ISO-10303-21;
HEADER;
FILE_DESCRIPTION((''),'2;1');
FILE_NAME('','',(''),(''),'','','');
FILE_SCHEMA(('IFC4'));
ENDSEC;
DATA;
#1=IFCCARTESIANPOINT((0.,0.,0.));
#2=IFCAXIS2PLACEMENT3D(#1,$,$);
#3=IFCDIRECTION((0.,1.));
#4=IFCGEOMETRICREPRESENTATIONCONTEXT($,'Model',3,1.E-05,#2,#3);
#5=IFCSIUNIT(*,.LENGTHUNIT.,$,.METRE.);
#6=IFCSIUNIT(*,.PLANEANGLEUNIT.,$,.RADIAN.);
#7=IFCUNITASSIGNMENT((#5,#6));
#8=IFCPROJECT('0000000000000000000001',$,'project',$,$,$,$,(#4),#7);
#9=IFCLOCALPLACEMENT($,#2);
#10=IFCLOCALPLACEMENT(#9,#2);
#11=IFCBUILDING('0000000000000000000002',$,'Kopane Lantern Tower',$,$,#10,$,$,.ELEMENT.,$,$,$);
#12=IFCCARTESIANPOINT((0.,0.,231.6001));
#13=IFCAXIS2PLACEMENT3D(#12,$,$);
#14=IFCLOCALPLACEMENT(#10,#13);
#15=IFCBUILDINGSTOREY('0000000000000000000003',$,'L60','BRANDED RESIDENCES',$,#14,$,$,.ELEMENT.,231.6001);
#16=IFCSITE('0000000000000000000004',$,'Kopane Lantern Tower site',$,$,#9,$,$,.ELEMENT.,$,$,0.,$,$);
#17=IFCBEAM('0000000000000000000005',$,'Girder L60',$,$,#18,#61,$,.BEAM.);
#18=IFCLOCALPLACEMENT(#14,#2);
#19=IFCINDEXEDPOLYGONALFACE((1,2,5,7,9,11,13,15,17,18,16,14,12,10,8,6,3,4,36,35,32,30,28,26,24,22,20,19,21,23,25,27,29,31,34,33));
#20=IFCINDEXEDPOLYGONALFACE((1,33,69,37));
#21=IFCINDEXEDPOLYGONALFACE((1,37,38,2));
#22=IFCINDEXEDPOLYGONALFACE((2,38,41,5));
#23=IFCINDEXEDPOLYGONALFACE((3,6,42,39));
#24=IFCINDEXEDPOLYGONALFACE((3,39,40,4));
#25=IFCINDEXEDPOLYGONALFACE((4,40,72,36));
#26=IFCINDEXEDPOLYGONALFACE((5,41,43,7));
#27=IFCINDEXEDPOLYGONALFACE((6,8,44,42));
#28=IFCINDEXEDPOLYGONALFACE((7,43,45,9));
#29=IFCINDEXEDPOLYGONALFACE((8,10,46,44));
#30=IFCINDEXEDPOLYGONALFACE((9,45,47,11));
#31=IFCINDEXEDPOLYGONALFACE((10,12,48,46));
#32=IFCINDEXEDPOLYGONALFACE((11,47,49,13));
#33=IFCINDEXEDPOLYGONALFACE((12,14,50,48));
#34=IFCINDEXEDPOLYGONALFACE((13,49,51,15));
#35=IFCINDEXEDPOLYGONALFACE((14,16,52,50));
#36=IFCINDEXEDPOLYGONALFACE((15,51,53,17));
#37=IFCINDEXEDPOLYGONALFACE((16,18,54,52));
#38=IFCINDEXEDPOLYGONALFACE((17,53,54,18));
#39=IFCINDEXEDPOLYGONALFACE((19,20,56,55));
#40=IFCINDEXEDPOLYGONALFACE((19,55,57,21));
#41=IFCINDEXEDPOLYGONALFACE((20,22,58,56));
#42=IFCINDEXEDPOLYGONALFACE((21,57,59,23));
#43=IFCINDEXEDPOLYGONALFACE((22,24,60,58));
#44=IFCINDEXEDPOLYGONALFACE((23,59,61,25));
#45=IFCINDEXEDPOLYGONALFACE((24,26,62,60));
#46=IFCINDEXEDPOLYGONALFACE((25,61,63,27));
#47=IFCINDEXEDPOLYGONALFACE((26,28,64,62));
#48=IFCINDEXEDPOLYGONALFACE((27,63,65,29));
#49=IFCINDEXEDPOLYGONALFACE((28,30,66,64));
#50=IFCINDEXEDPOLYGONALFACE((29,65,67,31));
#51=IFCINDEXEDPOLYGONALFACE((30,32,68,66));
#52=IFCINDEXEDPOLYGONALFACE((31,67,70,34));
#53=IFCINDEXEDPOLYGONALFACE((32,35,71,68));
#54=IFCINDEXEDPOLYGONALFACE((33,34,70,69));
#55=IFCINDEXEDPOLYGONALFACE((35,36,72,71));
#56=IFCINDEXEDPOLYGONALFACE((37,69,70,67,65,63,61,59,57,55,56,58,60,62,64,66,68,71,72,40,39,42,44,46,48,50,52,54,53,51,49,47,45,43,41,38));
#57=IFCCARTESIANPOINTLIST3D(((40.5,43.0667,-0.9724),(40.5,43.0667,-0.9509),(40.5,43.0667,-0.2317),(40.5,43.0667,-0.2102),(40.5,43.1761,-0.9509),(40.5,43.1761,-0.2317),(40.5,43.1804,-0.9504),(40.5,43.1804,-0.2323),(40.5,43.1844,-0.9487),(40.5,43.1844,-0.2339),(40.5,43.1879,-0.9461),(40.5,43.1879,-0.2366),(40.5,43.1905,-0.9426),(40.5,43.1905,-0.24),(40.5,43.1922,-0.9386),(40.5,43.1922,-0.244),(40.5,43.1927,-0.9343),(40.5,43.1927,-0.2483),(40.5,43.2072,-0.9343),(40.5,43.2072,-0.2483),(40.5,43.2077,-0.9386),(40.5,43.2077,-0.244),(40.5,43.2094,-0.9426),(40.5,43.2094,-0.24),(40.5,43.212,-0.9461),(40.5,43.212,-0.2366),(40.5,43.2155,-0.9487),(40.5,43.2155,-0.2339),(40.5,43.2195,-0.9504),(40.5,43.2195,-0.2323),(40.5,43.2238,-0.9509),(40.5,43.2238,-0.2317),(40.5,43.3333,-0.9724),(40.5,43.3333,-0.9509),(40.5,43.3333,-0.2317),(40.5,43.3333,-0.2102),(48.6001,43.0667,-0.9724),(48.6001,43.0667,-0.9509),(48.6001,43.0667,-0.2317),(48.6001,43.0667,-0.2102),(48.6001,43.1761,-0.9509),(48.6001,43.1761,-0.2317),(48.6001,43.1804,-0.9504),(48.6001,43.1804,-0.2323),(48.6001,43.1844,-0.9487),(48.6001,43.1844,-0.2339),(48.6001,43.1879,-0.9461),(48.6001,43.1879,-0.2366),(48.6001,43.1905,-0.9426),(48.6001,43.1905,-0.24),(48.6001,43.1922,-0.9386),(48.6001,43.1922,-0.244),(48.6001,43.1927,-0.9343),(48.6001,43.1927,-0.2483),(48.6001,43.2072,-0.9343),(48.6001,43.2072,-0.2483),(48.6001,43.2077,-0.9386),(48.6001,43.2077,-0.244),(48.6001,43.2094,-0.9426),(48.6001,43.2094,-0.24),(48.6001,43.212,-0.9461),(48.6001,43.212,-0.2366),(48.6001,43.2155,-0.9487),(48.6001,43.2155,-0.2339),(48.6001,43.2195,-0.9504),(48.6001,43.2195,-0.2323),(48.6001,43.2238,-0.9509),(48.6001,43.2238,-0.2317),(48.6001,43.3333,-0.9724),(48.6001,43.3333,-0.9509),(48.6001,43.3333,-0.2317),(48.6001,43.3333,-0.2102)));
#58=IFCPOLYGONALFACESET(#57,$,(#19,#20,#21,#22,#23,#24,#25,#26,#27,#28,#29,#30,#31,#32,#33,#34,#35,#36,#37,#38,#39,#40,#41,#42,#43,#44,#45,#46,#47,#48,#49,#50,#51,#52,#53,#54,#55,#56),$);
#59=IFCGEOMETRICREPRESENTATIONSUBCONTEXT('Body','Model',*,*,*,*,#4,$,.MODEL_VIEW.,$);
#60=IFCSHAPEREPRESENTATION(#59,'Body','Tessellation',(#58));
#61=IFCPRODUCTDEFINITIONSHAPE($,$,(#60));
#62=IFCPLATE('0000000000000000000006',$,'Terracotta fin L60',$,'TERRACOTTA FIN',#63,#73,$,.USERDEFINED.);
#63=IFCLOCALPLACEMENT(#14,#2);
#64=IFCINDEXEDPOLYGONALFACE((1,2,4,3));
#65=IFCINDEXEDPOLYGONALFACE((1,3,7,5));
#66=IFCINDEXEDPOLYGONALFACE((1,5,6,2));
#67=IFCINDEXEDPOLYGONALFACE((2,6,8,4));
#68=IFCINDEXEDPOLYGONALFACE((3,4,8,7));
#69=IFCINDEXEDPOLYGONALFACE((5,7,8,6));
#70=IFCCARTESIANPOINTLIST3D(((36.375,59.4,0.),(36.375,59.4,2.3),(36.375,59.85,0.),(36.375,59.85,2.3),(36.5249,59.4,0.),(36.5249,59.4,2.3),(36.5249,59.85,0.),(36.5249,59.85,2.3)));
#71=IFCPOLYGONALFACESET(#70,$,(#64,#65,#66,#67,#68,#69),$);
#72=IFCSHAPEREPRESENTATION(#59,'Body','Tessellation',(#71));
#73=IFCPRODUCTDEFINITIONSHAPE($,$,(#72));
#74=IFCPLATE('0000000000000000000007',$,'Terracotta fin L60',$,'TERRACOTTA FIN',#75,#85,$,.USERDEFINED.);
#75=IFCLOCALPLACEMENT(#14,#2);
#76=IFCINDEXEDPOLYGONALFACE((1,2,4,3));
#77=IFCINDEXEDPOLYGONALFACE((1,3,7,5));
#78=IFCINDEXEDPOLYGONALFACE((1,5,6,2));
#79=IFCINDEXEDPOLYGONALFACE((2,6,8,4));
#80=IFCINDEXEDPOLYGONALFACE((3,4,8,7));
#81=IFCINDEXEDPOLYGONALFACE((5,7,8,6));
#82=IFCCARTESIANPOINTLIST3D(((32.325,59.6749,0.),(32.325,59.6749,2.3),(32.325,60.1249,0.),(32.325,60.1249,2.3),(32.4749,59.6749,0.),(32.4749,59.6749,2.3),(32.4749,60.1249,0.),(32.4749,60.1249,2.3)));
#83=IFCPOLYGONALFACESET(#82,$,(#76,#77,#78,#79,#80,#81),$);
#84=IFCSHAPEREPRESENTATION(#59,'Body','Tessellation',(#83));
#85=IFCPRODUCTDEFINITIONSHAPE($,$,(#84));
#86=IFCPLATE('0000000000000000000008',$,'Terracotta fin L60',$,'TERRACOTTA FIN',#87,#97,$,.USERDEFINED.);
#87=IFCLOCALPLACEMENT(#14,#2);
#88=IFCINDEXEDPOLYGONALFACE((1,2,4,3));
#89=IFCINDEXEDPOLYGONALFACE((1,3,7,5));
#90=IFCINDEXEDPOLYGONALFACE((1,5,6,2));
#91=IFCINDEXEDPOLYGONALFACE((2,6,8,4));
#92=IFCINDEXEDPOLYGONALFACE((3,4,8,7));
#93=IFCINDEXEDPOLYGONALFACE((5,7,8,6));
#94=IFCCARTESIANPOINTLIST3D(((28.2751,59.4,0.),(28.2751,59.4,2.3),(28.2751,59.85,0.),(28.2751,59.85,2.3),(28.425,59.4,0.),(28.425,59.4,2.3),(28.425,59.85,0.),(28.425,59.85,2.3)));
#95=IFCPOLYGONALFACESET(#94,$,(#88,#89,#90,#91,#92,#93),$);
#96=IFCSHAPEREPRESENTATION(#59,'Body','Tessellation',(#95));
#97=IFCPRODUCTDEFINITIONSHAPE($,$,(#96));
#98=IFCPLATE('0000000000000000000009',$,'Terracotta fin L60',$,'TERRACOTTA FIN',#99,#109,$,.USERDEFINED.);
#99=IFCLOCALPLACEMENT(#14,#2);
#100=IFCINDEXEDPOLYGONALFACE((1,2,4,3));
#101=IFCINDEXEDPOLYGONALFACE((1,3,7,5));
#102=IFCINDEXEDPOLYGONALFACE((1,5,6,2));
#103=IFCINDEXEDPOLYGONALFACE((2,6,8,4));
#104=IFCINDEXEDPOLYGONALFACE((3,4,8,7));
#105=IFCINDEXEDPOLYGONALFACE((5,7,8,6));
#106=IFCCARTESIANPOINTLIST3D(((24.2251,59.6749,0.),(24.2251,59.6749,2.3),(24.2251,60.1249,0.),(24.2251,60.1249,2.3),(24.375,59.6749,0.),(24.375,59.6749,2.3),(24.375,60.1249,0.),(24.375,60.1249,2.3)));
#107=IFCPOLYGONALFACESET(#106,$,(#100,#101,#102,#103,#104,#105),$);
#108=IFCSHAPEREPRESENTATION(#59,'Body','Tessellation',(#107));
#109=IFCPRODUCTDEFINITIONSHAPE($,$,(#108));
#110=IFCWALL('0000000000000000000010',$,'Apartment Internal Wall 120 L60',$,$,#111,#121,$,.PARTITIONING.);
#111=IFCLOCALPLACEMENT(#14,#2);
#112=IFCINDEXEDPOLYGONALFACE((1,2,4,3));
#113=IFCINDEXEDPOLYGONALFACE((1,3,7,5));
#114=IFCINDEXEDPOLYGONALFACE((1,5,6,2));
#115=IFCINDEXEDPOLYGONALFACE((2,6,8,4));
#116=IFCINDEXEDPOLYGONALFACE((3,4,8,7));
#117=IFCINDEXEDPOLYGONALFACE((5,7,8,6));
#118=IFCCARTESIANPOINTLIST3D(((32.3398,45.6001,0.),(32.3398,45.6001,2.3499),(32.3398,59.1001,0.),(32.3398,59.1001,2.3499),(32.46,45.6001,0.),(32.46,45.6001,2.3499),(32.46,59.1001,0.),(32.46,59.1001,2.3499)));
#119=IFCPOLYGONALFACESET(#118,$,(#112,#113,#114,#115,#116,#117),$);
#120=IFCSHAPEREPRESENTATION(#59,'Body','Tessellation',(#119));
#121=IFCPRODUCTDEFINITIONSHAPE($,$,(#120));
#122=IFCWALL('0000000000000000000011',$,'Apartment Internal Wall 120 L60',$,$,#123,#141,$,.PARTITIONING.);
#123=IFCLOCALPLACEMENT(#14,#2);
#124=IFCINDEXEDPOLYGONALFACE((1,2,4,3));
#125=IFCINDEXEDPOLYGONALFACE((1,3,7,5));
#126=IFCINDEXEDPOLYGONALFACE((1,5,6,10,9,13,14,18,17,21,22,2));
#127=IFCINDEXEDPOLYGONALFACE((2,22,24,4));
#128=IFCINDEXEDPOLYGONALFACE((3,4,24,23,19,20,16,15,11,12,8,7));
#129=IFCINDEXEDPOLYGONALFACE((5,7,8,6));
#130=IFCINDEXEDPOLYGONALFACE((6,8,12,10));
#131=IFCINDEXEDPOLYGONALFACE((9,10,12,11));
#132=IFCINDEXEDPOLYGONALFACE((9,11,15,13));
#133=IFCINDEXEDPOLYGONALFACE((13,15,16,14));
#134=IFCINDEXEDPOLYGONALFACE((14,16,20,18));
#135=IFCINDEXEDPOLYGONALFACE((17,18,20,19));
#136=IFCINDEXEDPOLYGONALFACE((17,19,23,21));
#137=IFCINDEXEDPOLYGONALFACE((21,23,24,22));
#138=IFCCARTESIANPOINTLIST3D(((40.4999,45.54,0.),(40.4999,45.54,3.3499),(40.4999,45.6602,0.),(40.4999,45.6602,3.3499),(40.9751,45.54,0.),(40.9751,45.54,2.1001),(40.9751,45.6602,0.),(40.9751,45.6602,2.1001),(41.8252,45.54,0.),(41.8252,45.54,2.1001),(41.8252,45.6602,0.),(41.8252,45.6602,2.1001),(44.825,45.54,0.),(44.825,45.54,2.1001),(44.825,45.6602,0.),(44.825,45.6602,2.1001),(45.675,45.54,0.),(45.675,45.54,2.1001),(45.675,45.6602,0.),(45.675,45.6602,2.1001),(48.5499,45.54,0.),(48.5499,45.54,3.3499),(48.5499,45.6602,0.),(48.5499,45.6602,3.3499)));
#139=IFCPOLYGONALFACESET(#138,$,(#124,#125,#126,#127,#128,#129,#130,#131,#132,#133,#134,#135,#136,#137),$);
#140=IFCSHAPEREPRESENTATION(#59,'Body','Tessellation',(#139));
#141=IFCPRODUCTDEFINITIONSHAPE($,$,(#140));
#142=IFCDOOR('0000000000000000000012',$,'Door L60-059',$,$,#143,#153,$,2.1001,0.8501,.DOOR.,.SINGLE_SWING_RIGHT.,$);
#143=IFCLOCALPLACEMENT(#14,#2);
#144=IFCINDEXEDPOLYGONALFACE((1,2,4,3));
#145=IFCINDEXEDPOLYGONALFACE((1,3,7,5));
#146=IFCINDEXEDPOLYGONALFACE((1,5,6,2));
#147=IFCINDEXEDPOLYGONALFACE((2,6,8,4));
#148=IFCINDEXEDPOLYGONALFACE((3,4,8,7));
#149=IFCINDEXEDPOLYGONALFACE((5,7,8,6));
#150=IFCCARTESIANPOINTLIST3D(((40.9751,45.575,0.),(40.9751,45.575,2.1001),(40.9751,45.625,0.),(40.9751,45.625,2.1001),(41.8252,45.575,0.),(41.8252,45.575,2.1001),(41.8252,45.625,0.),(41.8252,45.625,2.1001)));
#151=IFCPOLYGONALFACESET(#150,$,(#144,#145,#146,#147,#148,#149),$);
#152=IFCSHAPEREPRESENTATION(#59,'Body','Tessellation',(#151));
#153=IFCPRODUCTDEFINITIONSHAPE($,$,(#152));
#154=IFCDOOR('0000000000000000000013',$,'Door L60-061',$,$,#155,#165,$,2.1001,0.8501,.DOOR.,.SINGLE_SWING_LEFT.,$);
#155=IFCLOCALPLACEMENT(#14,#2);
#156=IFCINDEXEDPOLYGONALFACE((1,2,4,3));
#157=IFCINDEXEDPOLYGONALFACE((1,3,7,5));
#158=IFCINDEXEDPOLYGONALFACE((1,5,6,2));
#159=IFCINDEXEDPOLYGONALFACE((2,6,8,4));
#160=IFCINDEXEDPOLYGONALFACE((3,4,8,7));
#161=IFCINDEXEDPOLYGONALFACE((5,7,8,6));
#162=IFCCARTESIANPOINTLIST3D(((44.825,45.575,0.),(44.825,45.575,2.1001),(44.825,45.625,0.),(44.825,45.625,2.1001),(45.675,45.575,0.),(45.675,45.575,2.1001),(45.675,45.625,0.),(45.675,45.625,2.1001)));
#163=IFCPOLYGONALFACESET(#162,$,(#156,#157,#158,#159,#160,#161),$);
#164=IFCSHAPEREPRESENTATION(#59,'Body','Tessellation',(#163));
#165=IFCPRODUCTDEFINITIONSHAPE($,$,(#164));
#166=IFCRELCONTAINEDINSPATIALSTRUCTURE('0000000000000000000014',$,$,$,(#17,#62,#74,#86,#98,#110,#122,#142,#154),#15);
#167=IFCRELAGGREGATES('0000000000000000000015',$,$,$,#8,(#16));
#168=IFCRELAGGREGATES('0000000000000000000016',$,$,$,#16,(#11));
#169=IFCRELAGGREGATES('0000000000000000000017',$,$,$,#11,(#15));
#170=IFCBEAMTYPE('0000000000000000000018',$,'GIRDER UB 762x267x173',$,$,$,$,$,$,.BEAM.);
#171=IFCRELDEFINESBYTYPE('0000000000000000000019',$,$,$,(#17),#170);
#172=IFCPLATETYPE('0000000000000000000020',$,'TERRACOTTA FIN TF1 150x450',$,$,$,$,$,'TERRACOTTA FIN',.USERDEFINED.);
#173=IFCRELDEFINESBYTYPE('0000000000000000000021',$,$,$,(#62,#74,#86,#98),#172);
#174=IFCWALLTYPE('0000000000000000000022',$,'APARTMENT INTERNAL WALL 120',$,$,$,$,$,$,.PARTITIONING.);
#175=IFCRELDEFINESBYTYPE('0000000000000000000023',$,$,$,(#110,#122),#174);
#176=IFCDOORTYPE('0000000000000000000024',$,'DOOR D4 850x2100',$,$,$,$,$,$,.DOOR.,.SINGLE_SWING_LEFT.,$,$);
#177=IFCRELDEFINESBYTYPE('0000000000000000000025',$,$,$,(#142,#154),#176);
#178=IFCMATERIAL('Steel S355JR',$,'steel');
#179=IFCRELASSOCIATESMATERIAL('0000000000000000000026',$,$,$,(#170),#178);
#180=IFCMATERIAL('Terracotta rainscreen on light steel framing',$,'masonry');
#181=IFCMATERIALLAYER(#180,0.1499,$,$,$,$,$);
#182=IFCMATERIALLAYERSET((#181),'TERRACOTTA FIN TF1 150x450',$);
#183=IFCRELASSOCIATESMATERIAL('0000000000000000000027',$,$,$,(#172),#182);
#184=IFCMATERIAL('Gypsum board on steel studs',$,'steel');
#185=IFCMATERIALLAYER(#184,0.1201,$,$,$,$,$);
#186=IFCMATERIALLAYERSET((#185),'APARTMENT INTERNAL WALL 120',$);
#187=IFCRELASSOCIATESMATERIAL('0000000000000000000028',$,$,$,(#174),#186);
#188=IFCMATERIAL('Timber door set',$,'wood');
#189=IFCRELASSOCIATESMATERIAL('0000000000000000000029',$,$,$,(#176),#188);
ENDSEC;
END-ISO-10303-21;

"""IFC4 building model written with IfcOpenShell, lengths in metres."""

from ifc_helpers import new_model, si_unit, direction, frame, frame_2d, origin, origin_2d, place, context, subcontext, project, spatial, rectangle, i_section, extrude, material, layer, layer_set, material_profile, profile_set, type_object, element, fill, save


model = new_model("IFC4")

# Units and contexts
model_context = context("Model", 3, precision=1e-05, world=origin(), true_north=direction((0.0, 1.0)))
body_context = subcontext(model_context, "Body", "Model", "MODEL_VIEW")
ifc_project = project(units=[si_unit("LENGTHUNIT", "METRE"), si_unit("PLANEANGLEUNIT", "RADIAN")], contexts=[model_context])

# Site, building, storey
site_placement = place(None, origin())
site = spatial("IfcSite", under=ifc_project, at=site_placement, Name="Kopane Lantern Tower site", CompositionType="ELEMENT", RefElevation=0.0)
building_placement = place(site_placement, origin())
building = spatial("IfcBuilding", under=site, at=building_placement, Name="Kopane Lantern Tower", CompositionType="ELEMENT")
storey_placement = place(building_placement, frame((0.0, 0.0, 231.6001)))
storey = spatial("IfcBuildingStorey", under=building, at=storey_placement, Name="L60", Description="BRANDED RESIDENCES", CompositionType="ELEMENT", Elevation=231.6001)

# Beam
ifc_material_1 = material(Name="Steel S355JR", Category="steel")
ifc_material_profile_1 = material_profile(ifc_material_1, i_section(OverallWidth=0.2666, OverallDepth=0.7622, WebThickness=0.0144, FlangeThickness=0.0215, FilletRadius=0.0166, at=origin_2d()), Name="UB 762x267x173")
ifc_profile_set_1 = profile_set([ifc_material_profile_1], Name="Steel S355JR")
beam_type = type_object("IfcBeamType", Name="GIRDER UB 762x267x173", PredefinedType="BEAM", material=ifc_profile_set_1)
for number, where, z_axis, x_axis, name in (
    (1, (40.5, 43.2, -0.5913), (1.0, 0.0, 0.0), (0.0, 1.0, 0.0), "Girder L60"),
):
    element("IfcBeam", number, at=place(storey_placement, frame(where, z_axis=z_axis, x_axis=x_axis)), inside=storey, type_object=beam_type, Name=name, PredefinedType="BEAM", context=body_context, shape_type="SweptSolid", body=[
        extrude(i_section(OverallWidth=0.2666, OverallDepth=0.7622, WebThickness=0.0144, FlangeThickness=0.0215, FilletRadius=0.0166, at=origin_2d()), origin(), (0.0, 0.0, 1.0), 8.1001),
    ])

# Plates
ifc_material_2 = material(Name="Terracotta rainscreen on light steel framing", Category="masonry")
ifc_layer_1 = layer(ifc_material_2, 0.1499)
ifc_layer_set_1 = layer_set([ifc_layer_1], Name="TERRACOTTA FIN TF1 150x450")
plate_type = type_object("IfcPlateType", Name="TERRACOTTA FIN TF1 150x450", ElementType="TERRACOTTA FIN", PredefinedType="USERDEFINED", material=ifc_layer_set_1)
for number, where, z_axis, x_axis, name in (
    (2, (36.45, 59.625, 0.0), (0.0, 0.0, 1.0), (-1.0, 0.0, 0.0), "Terracotta fin L60"),
    (3, (32.3999, 59.8999, 0.0), (0.0, 0.0, 1.0), (-1.0, 0.0, 0.0), "Terracotta fin L60"),
    (4, (28.3501, 59.625, 0.0), (0.0, 0.0, 1.0), (-1.0, 0.0, 0.0), "Terracotta fin L60"),
    (5, (24.3, 59.8999, 0.0), (0.0, 0.0, 1.0), (-1.0, 0.0, 0.0), "Terracotta fin L60"),
):
    element("IfcPlate", number, at=place(storey_placement, frame(where, z_axis=z_axis, x_axis=x_axis)), inside=storey, type_object=plate_type, Name=name, ObjectType="TERRACOTTA FIN", PredefinedType="USERDEFINED", context=body_context, shape_type="SweptSolid", body=[
        extrude(rectangle(XDim=0.1499, YDim=0.45, at=origin_2d()), origin(), (0.0, 0.0, 1.0), 2.3),
    ])

# Wall
ifc_material_3 = material(Name="Gypsum board on steel studs", Category="steel")
ifc_layer_2 = layer(ifc_material_3, 0.1201)
ifc_layer_set_2 = layer_set([ifc_layer_2], Name="APARTMENT INTERNAL WALL 120")
wall_type_1 = type_object("IfcWallType", Name="APARTMENT INTERNAL WALL 120", PredefinedType="PARTITIONING", material=ifc_layer_set_2)
wall_1_placement = place(storey_placement, frame((32.3999, 45.6001, 0.0), z_axis=(0.0, 0.0, 1.0), x_axis=(0.0, 1.0, 0.0)))
element("IfcWall", 6, at=wall_1_placement, inside=storey, type_object=wall_type_1, Name="Apartment Internal Wall 120 L60", PredefinedType="PARTITIONING", context=body_context, shape_type="SweptSolid", body=[
    extrude(rectangle(XDim=13.5, YDim=0.1201, at=frame_2d((6.75, 0.0))), origin(), (0.0, 0.0, 1.0), 2.3499),
])

# Wall, openings, doors
wall_2_placement = place(storey_placement, frame((40.5, 45.6001, 0.0), z_axis=(0.0, 0.0, 1.0), x_axis=(1.0, 0.0, 0.0)))
wall_2 = element("IfcWall", 7, at=wall_2_placement, inside=storey, type_object=wall_type_1, Name="Apartment Internal Wall 120 L60", PredefinedType="PARTITIONING", context=body_context, shape_type="SweptSolid", body=[
    extrude(rectangle(XDim=8.05, YDim=0.1201, at=frame_2d((4.0249, 0.0))), origin(), (0.0, 0.0, 1.0), 3.3499),
])
opening_1_placement = place(wall_2_placement, frame((0.4751, 0.0, 0.0)))
opening_1 = element("IfcOpeningElement", 8, at=opening_1_placement, cuts=wall_2, PredefinedType="OPENING", context=body_context, shape_type="SweptSolid", body=[
    extrude(rectangle(XDim=0.8501, YDim=2.1001, at=frame_2d((0.425, 1.05))), frame((0.0, 0.0701, 0.0), z_axis=(0.0, -1.0, 0.0), x_axis=(1.0, 0.0, 0.0)), (0.0, 0.0, 1.0), 0.1401),
])
opening_2_placement = place(wall_2_placement, frame((4.325, 0.0, 0.0)))
opening_2 = element("IfcOpeningElement", 9, at=opening_2_placement, cuts=wall_2, PredefinedType="OPENING", context=body_context, shape_type="SweptSolid", body=[
    extrude(rectangle(XDim=0.8501, YDim=2.1001, at=frame_2d((0.425, 1.05))), frame((0.0, 0.0701, 0.0), z_axis=(0.0, -1.0, 0.0), x_axis=(1.0, 0.0, 0.0)), (0.0, 0.0, 1.0), 0.1401),
])
ifc_material_4 = material(Name="Timber door set", Category="wood")
door_type_1 = type_object("IfcDoorType", Name="DOOR D4 850x2100", OperationType="SINGLE_SWING_LEFT", PredefinedType="DOOR", material=ifc_material_4)
door_1_placement = place(opening_1_placement, origin())
door_1 = element("IfcDoor", 10, at=door_1_placement, inside=storey, type_object=door_type_1, Name="Door L60-059", OperationType="SINGLE_SWING_RIGHT", OverallHeight=2.1001, OverallWidth=0.8501, PredefinedType="DOOR", context=body_context, shape_type="SweptSolid", body=[
    extrude(rectangle(XDim=0.8501, YDim=2.1001, at=frame_2d((0.425, 1.05))), frame((0.0, 0.0249, 0.0), z_axis=(0.0, -1.0, 0.0), x_axis=(1.0, 0.0, 0.0)), (0.0, 0.0, 1.0), 0.05),
])
fill(opening_1, door_1)
door_2_placement = place(opening_2_placement, origin())
door_2 = element("IfcDoor", 11, at=door_2_placement, inside=storey, type_object=door_type_1, Name="Door L60-061", OperationType="SINGLE_SWING_LEFT", OverallHeight=2.1001, OverallWidth=0.8501, PredefinedType="DOOR", context=body_context, shape_type="SweptSolid", body=[
    extrude(rectangle(XDim=0.8501, YDim=2.1001, at=frame_2d((0.425, 1.05))), frame((0.0, 0.0249, 0.0), z_axis=(0.0, -1.0, 0.0), x_axis=(1.0, 0.0, 0.0)), (0.0, 0.0, 1.0), 0.05),
])
fill(opening_2, door_2)

save(model, "model.ifc")
